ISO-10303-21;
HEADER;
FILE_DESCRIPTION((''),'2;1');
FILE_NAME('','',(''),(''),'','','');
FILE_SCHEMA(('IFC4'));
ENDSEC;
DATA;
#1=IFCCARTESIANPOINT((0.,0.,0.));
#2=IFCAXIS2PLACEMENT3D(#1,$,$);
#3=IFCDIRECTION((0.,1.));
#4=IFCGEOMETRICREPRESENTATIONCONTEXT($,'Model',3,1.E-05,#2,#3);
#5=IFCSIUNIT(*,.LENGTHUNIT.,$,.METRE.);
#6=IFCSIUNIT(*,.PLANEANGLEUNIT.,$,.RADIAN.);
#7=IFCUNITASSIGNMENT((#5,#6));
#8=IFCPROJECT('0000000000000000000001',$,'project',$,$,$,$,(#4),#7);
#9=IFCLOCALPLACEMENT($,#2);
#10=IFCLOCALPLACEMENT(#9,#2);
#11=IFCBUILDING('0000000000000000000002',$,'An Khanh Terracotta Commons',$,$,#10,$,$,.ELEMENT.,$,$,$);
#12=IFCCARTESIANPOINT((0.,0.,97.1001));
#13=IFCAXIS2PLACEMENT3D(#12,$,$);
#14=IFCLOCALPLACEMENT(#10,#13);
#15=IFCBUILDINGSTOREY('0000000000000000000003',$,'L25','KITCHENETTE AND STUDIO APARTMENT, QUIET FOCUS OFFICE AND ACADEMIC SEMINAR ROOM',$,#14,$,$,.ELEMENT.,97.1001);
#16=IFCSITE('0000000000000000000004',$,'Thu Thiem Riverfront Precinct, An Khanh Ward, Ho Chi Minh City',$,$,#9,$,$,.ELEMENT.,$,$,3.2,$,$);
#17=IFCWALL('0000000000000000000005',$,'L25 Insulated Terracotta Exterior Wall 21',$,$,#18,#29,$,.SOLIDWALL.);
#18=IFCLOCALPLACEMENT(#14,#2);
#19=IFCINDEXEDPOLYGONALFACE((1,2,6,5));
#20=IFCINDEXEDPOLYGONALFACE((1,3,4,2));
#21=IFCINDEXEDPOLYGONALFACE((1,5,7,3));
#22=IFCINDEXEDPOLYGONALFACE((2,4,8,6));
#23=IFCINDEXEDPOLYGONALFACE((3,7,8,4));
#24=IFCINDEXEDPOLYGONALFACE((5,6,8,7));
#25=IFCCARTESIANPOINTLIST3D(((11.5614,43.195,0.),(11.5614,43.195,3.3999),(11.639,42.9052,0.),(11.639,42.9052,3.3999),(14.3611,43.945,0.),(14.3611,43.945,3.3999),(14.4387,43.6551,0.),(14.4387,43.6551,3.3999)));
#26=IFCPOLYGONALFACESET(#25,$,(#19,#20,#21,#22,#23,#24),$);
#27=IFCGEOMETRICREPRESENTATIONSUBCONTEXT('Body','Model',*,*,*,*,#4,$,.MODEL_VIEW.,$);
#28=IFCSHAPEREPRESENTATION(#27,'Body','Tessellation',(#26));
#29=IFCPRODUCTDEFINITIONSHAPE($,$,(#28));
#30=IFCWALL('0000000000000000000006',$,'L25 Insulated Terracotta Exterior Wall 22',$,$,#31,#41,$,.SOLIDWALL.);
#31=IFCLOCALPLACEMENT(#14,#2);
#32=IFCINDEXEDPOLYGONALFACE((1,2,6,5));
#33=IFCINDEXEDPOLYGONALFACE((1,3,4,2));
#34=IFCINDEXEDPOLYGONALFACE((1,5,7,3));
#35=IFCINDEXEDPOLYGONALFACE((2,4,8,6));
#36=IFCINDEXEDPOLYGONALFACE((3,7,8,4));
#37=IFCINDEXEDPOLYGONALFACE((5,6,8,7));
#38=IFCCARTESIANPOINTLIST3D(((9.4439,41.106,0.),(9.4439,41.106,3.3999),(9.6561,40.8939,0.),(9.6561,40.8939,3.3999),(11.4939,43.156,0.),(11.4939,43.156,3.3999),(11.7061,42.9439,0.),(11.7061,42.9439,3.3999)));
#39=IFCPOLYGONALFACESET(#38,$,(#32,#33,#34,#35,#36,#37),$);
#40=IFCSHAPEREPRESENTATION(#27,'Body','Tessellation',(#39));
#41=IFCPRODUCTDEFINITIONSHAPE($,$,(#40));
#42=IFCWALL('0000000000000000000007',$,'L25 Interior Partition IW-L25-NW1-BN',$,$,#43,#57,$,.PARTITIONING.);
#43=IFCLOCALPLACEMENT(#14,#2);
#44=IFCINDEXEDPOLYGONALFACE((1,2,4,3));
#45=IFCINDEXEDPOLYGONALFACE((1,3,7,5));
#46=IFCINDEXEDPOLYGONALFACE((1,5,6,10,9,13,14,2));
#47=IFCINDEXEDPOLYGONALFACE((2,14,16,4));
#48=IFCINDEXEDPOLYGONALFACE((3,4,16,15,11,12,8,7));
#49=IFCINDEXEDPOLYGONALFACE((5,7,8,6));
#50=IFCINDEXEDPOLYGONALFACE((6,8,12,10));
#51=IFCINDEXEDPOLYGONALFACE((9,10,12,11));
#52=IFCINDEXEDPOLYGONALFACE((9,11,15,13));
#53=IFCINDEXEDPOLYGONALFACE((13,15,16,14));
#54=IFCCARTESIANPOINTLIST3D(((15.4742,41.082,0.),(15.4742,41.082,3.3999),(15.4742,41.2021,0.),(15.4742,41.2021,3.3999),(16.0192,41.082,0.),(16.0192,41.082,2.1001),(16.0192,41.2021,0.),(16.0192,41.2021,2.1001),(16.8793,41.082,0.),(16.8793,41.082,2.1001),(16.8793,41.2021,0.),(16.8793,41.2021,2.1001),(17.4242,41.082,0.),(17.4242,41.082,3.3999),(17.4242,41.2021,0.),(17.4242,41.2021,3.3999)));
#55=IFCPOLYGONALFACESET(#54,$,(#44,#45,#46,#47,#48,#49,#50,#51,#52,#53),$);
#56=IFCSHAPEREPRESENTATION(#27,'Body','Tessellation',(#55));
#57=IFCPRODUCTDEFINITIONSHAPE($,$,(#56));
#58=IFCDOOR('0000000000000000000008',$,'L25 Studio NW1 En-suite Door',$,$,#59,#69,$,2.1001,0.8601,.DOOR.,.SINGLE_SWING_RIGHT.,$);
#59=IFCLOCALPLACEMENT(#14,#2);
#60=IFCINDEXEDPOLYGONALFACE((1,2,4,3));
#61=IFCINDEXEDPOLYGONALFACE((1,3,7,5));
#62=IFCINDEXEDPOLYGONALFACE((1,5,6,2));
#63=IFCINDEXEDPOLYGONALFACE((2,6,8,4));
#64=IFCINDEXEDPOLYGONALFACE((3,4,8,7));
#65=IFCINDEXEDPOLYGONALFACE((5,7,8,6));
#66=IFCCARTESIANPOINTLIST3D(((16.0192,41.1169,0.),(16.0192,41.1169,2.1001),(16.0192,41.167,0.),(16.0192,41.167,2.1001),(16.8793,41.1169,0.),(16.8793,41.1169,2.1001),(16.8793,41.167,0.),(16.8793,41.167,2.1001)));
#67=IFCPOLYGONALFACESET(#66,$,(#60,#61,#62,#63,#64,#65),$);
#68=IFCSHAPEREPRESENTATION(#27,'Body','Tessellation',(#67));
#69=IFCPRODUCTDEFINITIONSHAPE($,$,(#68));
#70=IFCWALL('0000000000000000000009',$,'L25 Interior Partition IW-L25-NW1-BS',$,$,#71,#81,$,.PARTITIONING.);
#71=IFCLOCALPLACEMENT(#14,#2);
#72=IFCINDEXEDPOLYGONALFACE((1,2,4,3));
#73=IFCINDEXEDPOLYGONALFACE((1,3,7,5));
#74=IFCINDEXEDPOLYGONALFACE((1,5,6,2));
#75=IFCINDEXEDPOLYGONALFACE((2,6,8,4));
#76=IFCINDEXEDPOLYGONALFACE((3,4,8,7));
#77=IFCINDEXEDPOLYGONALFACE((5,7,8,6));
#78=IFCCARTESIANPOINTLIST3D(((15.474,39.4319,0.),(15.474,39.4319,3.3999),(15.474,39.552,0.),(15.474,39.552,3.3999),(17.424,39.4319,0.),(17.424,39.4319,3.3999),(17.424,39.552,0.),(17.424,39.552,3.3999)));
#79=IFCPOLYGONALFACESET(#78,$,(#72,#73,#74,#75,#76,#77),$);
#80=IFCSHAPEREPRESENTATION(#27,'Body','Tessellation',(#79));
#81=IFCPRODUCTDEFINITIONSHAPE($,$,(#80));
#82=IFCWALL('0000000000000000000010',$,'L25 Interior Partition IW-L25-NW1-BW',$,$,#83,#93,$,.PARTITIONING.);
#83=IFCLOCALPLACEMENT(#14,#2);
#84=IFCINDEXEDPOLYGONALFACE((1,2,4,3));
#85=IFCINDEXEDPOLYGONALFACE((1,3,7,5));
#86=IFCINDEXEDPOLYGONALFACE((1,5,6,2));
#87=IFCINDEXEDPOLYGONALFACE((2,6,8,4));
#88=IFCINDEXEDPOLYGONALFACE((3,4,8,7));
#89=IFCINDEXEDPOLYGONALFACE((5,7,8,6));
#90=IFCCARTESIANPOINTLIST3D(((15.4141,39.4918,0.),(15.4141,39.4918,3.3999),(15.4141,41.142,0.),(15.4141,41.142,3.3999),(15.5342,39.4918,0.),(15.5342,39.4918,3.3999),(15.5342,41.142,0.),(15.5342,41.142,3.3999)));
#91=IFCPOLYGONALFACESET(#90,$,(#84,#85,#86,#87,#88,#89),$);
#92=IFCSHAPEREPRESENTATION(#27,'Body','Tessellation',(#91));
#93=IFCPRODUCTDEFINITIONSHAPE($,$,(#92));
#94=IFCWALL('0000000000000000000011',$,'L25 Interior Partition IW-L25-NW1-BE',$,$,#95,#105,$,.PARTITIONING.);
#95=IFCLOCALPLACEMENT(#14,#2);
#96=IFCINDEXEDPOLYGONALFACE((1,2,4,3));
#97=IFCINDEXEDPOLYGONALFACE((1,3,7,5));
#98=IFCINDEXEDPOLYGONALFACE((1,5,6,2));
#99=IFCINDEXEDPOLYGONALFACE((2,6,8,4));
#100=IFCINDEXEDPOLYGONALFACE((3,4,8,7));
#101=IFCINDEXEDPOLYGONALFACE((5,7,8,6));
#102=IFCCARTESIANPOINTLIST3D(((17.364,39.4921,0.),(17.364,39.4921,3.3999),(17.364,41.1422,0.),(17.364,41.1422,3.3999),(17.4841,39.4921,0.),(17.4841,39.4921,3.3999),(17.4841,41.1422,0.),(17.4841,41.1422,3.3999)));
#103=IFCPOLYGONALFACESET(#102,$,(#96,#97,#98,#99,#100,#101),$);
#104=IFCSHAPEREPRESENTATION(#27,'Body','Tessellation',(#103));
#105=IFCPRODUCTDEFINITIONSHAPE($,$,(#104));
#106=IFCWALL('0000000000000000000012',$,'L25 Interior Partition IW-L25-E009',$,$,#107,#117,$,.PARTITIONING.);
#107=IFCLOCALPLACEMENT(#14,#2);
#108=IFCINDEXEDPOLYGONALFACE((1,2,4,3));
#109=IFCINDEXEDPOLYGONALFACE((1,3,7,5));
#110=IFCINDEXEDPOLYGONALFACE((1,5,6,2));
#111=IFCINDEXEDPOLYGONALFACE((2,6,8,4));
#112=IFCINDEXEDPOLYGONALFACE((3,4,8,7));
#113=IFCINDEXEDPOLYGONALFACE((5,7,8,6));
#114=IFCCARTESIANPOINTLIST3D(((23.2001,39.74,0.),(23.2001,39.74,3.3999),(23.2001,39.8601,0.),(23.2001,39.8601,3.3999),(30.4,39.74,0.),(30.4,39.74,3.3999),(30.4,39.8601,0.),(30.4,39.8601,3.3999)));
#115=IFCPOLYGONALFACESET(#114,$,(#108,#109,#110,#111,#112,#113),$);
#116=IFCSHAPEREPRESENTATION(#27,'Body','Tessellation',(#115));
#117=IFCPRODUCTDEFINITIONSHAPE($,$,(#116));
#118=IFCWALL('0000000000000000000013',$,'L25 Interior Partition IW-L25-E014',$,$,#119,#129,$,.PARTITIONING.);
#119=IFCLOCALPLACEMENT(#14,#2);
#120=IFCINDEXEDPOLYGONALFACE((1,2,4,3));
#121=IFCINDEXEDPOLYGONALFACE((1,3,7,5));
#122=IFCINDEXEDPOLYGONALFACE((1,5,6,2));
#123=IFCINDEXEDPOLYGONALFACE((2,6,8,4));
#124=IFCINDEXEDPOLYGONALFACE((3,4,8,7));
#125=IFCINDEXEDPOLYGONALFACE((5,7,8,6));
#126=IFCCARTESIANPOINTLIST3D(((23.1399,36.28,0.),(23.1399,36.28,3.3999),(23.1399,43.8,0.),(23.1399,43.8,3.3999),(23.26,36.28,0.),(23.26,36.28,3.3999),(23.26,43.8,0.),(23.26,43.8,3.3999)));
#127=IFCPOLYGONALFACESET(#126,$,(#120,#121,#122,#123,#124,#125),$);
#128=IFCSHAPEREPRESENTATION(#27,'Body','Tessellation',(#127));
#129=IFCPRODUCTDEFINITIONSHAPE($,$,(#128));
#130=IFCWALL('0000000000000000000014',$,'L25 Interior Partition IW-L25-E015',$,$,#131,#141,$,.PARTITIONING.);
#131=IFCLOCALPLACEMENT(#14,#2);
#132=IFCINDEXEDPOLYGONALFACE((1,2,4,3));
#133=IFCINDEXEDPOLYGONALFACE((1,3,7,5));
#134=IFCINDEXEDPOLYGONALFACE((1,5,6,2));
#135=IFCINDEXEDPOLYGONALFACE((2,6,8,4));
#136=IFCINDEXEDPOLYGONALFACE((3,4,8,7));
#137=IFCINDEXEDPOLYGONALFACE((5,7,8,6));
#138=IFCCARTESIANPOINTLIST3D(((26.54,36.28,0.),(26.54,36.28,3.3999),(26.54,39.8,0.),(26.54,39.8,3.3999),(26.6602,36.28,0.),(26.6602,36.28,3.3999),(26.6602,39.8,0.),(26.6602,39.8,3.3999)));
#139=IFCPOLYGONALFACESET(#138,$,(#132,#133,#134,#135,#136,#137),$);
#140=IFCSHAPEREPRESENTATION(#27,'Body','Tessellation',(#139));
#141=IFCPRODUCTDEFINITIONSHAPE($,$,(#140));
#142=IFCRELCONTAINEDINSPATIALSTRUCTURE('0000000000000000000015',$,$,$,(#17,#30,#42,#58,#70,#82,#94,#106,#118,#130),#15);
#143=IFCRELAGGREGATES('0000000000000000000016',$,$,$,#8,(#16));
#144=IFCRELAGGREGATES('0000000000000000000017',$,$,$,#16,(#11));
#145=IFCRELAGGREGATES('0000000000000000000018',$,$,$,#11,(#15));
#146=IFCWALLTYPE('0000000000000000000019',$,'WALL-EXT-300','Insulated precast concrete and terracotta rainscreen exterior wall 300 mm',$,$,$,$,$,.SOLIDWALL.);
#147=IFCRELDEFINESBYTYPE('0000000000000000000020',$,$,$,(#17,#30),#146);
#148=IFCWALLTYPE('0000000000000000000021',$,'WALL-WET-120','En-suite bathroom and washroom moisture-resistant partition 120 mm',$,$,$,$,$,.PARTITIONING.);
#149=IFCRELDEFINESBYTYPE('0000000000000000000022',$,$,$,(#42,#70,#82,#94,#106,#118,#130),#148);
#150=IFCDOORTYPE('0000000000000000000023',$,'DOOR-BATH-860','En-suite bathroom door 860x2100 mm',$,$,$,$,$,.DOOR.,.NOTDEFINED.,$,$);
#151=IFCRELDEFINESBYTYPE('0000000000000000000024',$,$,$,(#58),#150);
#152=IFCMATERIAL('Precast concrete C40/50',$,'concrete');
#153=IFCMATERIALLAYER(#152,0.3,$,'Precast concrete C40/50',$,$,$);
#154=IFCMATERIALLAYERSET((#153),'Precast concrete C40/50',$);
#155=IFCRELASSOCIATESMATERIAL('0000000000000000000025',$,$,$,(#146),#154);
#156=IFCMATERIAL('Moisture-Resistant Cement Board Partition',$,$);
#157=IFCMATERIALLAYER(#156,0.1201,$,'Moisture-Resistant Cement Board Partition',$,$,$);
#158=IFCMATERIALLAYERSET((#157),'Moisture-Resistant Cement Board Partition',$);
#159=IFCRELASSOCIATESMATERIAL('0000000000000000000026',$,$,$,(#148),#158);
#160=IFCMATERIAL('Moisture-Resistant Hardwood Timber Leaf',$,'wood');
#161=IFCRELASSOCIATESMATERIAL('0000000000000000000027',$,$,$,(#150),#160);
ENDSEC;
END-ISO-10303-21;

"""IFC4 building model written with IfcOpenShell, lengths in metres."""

from ifc_helpers import new_model, si_unit, direction, frame, frame_2d, origin, place, context, subcontext, project, spatial, rectangle, extrude, material, layer, layer_set, type_object, element, fill, save


model = new_model("IFC4")

# Units and contexts
model_context = context("Model", 3, precision=1e-05, world=origin(), true_north=direction((0.0, 1.0)))
body_context = subcontext(model_context, "Body", "Model", "MODEL_VIEW")
ifc_project = project(units=[si_unit("LENGTHUNIT", "METRE"), si_unit("PLANEANGLEUNIT", "RADIAN")], contexts=[model_context])

# Site, building, storey
site_placement = place(None, origin())
site = spatial("IfcSite", under=ifc_project, at=site_placement, Name="Thu Thiem Riverfront Precinct, An Khanh Ward, Ho Chi Minh City", CompositionType="ELEMENT", RefElevation=3.2)
building_placement = place(site_placement, origin())
building = spatial("IfcBuilding", under=site, at=building_placement, Name="An Khanh Terracotta Commons", CompositionType="ELEMENT")
storey_placement = place(building_placement, frame((0.0, 0.0, 97.1001)))
storey = spatial("IfcBuildingStorey", under=building, at=storey_placement, Name="L25", Description="KITCHENETTE AND STUDIO APARTMENT, QUIET FOCUS OFFICE AND ACADEMIC SEMINAR ROOM", CompositionType="ELEMENT", Elevation=97.1001)

# Walls
ifc_material_1 = material(Name="Precast concrete C40/50", Category="concrete")
ifc_layer_1 = layer(ifc_material_1, 0.3, Name="Precast concrete C40/50")
ifc_layer_set_1 = layer_set([ifc_layer_1], Name="Precast concrete C40/50")
wall_type_1 = type_object("IfcWallType", Name="WALL-EXT-300", Description="Insulated precast concrete and terracotta rainscreen exterior wall 300 mm", PredefinedType="SOLIDWALL", material=ifc_layer_set_1)
wall_1_placement = place(storey_placement, frame((14.3999, 43.8, 0.0), z_axis=(0.0, 0.0, 1.0), x_axis=(-0.965944, -0.258753, 0.0)))
element("IfcWall", 1, at=wall_1_placement, inside=storey, type_object=wall_type_1, Name="L25 Insulated Terracotta Exterior Wall 21", PredefinedType="SOLIDWALL", context=body_context, shape_type="SweptSolid", body=[
    extrude(rectangle(XDim=2.8984, YDim=0.3, at=frame_2d((1.4492, 0.0))), origin(), (0.0, 0.0, 1.0), 3.3999),
])
wall_2_placement = place(storey_placement, frame((11.6001, 43.05, 0.0), z_axis=(0.0, 0.0, 1.0), x_axis=(-0.707107, -0.707107, 0.0)))
element("IfcWall", 2, at=wall_2_placement, inside=storey, type_object=wall_type_1, Name="L25 Insulated Terracotta Exterior Wall 22", PredefinedType="SOLIDWALL", context=body_context, shape_type="SweptSolid", body=[
    extrude(rectangle(XDim=2.8992, YDim=0.3, at=frame_2d((1.4497, 0.0))), origin(), (0.0, 0.0, 1.0), 3.3999),
])

# Wall, opening, door
ifc_material_2 = material(Name="Moisture-Resistant Cement Board Partition")
ifc_layer_2 = layer(ifc_material_2, 0.1201, Name="Moisture-Resistant Cement Board Partition")
ifc_layer_set_2 = layer_set([ifc_layer_2], Name="Moisture-Resistant Cement Board Partition")
wall_type_2 = type_object("IfcWallType", Name="WALL-WET-120", Description="En-suite bathroom and washroom moisture-resistant partition 120 mm", PredefinedType="PARTITIONING", material=ifc_layer_set_2)
wall_3_placement = place(storey_placement, frame((15.4741, 41.1421, 0.0), z_axis=(0.0, 0.0, 1.0), x_axis=(1.0, 0.0, 0.0)))
wall_3 = element("IfcWall", 3, at=wall_3_placement, inside=storey, type_object=wall_type_2, Name="L25 Interior Partition IW-L25-NW1-BN", PredefinedType="PARTITIONING", context=body_context, shape_type="SweptSolid", body=[
    extrude(rectangle(XDim=1.95, YDim=0.1201, at=frame_2d((0.9751, 0.0))), origin(), (0.0, 0.0, 1.0), 3.3999),
])
opening_placement = place(wall_3_placement, frame((0.5449, 0.0, 0.0)))
opening = element("IfcOpeningElement", 4, at=opening_placement, cuts=wall_3, PredefinedType="OPENING", context=body_context, shape_type="SweptSolid", body=[
    extrude(rectangle(XDim=0.8601, YDim=2.1001, at=frame_2d((0.4302, 1.05))), frame((0.0, 0.0701, 0.0), z_axis=(0.0, -1.0, 0.0), x_axis=(1.0, 0.0, 0.0)), (0.0, 0.0, 1.0), 0.1401),
])
ifc_material_3 = material(Name="Moisture-Resistant Hardwood Timber Leaf", Category="wood")
door_type = type_object("IfcDoorType", Name="DOOR-BATH-860", Description="En-suite bathroom door 860x2100 mm", OperationType="NOTDEFINED", PredefinedType="DOOR", material=ifc_material_3)
door_placement = place(opening_placement, origin())
door = element("IfcDoor", 5, at=door_placement, inside=storey, type_object=door_type, Name="L25 Studio NW1 En-suite Door", OperationType="SINGLE_SWING_RIGHT", OverallHeight=2.1001, OverallWidth=0.8601, PredefinedType="DOOR", context=body_context, shape_type="SweptSolid", body=[
    extrude(rectangle(XDim=0.8601, YDim=2.1001, at=frame_2d((0.4302, 1.05))), frame((0.0, 0.0249, 0.0), z_axis=(0.0, -1.0, 0.0), x_axis=(1.0, 0.0, 0.0)), (0.0, 0.0, 1.0), 0.05),
])
fill(opening, door)

# Walls
wall_4_placement = place(storey_placement, frame((17.4241, 39.4919, 0.0), z_axis=(0.0, 0.0, 1.0), x_axis=(-1.0, 0.0, 0.0)))
element("IfcWall", 6, at=wall_4_placement, inside=storey, type_object=wall_type_2, Name="L25 Interior Partition IW-L25-NW1-BS", PredefinedType="PARTITIONING", context=body_context, shape_type="SweptSolid", body=[
    extrude(rectangle(XDim=1.95, YDim=0.1201, at=frame_2d((0.9751, 0.0))), origin(), (0.0, 0.0, 1.0), 3.3999),
])
for number, where, z_axis, x_axis, name in (
    (7, (15.4741, 41.1421, 0.0), (0.0, 0.0, 1.0), (0.0, -1.0, 0.0), "L25 Interior Partition IW-L25-NW1-BW"),
    (8, (17.4241, 39.4919, 0.0), (0.0, 0.0, 1.0), (0.0, 1.0, 0.0), "L25 Interior Partition IW-L25-NW1-BE"),
):
    element("IfcWall", number, at=place(storey_placement, frame(where, z_axis=z_axis, x_axis=x_axis)), inside=storey, type_object=wall_type_2, Name=name, PredefinedType="PARTITIONING", context=body_context, shape_type="SweptSolid", body=[
        extrude(rectangle(XDim=1.6501, YDim=0.1201, at=frame_2d((0.8252, 0.0))), origin(), (0.0, 0.0, 1.0), 3.3999),
    ])
wall_5_placement = place(storey_placement, frame((23.2, 39.8, 0.0), z_axis=(0.0, 0.0, 1.0), x_axis=(1.0, 0.0, 0.0)))
element("IfcWall", 9, at=wall_5_placement, inside=storey, type_object=wall_type_2, Name="L25 Interior Partition IW-L25-E009", PredefinedType="PARTITIONING", context=body_context, shape_type="SweptSolid", body=[
    extrude(rectangle(XDim=7.2, YDim=0.1201, at=frame_2d((3.6001, 0.0))), origin(), (0.0, 0.0, 1.0), 3.3999),
])
wall_6_placement = place(storey_placement, frame((23.2, 36.28, 0.0), z_axis=(0.0, 0.0, 1.0), x_axis=(0.0, 1.0, 0.0)))
element("IfcWall", 10, at=wall_6_placement, inside=storey, type_object=wall_type_2, Name="L25 Interior Partition IW-L25-E014", PredefinedType="PARTITIONING", context=body_context, shape_type="SweptSolid", body=[
    extrude(rectangle(XDim=7.52, YDim=0.1201, at=frame_2d((3.76, 0.0))), origin(), (0.0, 0.0, 1.0), 3.3999),
])
wall_7_placement = place(storey_placement, frame((26.6001, 36.28, 0.0), z_axis=(0.0, 0.0, 1.0), x_axis=(0.0, 1.0, 0.0)))
element("IfcWall", 11, at=wall_7_placement, inside=storey, type_object=wall_type_2, Name="L25 Interior Partition IW-L25-E015", PredefinedType="PARTITIONING", context=body_context, shape_type="SweptSolid", body=[
    extrude(rectangle(XDim=3.52, YDim=0.1201, at=frame_2d((1.76, 0.0))), origin(), (0.0, 0.0, 1.0), 3.3999),
])

save(model, "model.ifc")
